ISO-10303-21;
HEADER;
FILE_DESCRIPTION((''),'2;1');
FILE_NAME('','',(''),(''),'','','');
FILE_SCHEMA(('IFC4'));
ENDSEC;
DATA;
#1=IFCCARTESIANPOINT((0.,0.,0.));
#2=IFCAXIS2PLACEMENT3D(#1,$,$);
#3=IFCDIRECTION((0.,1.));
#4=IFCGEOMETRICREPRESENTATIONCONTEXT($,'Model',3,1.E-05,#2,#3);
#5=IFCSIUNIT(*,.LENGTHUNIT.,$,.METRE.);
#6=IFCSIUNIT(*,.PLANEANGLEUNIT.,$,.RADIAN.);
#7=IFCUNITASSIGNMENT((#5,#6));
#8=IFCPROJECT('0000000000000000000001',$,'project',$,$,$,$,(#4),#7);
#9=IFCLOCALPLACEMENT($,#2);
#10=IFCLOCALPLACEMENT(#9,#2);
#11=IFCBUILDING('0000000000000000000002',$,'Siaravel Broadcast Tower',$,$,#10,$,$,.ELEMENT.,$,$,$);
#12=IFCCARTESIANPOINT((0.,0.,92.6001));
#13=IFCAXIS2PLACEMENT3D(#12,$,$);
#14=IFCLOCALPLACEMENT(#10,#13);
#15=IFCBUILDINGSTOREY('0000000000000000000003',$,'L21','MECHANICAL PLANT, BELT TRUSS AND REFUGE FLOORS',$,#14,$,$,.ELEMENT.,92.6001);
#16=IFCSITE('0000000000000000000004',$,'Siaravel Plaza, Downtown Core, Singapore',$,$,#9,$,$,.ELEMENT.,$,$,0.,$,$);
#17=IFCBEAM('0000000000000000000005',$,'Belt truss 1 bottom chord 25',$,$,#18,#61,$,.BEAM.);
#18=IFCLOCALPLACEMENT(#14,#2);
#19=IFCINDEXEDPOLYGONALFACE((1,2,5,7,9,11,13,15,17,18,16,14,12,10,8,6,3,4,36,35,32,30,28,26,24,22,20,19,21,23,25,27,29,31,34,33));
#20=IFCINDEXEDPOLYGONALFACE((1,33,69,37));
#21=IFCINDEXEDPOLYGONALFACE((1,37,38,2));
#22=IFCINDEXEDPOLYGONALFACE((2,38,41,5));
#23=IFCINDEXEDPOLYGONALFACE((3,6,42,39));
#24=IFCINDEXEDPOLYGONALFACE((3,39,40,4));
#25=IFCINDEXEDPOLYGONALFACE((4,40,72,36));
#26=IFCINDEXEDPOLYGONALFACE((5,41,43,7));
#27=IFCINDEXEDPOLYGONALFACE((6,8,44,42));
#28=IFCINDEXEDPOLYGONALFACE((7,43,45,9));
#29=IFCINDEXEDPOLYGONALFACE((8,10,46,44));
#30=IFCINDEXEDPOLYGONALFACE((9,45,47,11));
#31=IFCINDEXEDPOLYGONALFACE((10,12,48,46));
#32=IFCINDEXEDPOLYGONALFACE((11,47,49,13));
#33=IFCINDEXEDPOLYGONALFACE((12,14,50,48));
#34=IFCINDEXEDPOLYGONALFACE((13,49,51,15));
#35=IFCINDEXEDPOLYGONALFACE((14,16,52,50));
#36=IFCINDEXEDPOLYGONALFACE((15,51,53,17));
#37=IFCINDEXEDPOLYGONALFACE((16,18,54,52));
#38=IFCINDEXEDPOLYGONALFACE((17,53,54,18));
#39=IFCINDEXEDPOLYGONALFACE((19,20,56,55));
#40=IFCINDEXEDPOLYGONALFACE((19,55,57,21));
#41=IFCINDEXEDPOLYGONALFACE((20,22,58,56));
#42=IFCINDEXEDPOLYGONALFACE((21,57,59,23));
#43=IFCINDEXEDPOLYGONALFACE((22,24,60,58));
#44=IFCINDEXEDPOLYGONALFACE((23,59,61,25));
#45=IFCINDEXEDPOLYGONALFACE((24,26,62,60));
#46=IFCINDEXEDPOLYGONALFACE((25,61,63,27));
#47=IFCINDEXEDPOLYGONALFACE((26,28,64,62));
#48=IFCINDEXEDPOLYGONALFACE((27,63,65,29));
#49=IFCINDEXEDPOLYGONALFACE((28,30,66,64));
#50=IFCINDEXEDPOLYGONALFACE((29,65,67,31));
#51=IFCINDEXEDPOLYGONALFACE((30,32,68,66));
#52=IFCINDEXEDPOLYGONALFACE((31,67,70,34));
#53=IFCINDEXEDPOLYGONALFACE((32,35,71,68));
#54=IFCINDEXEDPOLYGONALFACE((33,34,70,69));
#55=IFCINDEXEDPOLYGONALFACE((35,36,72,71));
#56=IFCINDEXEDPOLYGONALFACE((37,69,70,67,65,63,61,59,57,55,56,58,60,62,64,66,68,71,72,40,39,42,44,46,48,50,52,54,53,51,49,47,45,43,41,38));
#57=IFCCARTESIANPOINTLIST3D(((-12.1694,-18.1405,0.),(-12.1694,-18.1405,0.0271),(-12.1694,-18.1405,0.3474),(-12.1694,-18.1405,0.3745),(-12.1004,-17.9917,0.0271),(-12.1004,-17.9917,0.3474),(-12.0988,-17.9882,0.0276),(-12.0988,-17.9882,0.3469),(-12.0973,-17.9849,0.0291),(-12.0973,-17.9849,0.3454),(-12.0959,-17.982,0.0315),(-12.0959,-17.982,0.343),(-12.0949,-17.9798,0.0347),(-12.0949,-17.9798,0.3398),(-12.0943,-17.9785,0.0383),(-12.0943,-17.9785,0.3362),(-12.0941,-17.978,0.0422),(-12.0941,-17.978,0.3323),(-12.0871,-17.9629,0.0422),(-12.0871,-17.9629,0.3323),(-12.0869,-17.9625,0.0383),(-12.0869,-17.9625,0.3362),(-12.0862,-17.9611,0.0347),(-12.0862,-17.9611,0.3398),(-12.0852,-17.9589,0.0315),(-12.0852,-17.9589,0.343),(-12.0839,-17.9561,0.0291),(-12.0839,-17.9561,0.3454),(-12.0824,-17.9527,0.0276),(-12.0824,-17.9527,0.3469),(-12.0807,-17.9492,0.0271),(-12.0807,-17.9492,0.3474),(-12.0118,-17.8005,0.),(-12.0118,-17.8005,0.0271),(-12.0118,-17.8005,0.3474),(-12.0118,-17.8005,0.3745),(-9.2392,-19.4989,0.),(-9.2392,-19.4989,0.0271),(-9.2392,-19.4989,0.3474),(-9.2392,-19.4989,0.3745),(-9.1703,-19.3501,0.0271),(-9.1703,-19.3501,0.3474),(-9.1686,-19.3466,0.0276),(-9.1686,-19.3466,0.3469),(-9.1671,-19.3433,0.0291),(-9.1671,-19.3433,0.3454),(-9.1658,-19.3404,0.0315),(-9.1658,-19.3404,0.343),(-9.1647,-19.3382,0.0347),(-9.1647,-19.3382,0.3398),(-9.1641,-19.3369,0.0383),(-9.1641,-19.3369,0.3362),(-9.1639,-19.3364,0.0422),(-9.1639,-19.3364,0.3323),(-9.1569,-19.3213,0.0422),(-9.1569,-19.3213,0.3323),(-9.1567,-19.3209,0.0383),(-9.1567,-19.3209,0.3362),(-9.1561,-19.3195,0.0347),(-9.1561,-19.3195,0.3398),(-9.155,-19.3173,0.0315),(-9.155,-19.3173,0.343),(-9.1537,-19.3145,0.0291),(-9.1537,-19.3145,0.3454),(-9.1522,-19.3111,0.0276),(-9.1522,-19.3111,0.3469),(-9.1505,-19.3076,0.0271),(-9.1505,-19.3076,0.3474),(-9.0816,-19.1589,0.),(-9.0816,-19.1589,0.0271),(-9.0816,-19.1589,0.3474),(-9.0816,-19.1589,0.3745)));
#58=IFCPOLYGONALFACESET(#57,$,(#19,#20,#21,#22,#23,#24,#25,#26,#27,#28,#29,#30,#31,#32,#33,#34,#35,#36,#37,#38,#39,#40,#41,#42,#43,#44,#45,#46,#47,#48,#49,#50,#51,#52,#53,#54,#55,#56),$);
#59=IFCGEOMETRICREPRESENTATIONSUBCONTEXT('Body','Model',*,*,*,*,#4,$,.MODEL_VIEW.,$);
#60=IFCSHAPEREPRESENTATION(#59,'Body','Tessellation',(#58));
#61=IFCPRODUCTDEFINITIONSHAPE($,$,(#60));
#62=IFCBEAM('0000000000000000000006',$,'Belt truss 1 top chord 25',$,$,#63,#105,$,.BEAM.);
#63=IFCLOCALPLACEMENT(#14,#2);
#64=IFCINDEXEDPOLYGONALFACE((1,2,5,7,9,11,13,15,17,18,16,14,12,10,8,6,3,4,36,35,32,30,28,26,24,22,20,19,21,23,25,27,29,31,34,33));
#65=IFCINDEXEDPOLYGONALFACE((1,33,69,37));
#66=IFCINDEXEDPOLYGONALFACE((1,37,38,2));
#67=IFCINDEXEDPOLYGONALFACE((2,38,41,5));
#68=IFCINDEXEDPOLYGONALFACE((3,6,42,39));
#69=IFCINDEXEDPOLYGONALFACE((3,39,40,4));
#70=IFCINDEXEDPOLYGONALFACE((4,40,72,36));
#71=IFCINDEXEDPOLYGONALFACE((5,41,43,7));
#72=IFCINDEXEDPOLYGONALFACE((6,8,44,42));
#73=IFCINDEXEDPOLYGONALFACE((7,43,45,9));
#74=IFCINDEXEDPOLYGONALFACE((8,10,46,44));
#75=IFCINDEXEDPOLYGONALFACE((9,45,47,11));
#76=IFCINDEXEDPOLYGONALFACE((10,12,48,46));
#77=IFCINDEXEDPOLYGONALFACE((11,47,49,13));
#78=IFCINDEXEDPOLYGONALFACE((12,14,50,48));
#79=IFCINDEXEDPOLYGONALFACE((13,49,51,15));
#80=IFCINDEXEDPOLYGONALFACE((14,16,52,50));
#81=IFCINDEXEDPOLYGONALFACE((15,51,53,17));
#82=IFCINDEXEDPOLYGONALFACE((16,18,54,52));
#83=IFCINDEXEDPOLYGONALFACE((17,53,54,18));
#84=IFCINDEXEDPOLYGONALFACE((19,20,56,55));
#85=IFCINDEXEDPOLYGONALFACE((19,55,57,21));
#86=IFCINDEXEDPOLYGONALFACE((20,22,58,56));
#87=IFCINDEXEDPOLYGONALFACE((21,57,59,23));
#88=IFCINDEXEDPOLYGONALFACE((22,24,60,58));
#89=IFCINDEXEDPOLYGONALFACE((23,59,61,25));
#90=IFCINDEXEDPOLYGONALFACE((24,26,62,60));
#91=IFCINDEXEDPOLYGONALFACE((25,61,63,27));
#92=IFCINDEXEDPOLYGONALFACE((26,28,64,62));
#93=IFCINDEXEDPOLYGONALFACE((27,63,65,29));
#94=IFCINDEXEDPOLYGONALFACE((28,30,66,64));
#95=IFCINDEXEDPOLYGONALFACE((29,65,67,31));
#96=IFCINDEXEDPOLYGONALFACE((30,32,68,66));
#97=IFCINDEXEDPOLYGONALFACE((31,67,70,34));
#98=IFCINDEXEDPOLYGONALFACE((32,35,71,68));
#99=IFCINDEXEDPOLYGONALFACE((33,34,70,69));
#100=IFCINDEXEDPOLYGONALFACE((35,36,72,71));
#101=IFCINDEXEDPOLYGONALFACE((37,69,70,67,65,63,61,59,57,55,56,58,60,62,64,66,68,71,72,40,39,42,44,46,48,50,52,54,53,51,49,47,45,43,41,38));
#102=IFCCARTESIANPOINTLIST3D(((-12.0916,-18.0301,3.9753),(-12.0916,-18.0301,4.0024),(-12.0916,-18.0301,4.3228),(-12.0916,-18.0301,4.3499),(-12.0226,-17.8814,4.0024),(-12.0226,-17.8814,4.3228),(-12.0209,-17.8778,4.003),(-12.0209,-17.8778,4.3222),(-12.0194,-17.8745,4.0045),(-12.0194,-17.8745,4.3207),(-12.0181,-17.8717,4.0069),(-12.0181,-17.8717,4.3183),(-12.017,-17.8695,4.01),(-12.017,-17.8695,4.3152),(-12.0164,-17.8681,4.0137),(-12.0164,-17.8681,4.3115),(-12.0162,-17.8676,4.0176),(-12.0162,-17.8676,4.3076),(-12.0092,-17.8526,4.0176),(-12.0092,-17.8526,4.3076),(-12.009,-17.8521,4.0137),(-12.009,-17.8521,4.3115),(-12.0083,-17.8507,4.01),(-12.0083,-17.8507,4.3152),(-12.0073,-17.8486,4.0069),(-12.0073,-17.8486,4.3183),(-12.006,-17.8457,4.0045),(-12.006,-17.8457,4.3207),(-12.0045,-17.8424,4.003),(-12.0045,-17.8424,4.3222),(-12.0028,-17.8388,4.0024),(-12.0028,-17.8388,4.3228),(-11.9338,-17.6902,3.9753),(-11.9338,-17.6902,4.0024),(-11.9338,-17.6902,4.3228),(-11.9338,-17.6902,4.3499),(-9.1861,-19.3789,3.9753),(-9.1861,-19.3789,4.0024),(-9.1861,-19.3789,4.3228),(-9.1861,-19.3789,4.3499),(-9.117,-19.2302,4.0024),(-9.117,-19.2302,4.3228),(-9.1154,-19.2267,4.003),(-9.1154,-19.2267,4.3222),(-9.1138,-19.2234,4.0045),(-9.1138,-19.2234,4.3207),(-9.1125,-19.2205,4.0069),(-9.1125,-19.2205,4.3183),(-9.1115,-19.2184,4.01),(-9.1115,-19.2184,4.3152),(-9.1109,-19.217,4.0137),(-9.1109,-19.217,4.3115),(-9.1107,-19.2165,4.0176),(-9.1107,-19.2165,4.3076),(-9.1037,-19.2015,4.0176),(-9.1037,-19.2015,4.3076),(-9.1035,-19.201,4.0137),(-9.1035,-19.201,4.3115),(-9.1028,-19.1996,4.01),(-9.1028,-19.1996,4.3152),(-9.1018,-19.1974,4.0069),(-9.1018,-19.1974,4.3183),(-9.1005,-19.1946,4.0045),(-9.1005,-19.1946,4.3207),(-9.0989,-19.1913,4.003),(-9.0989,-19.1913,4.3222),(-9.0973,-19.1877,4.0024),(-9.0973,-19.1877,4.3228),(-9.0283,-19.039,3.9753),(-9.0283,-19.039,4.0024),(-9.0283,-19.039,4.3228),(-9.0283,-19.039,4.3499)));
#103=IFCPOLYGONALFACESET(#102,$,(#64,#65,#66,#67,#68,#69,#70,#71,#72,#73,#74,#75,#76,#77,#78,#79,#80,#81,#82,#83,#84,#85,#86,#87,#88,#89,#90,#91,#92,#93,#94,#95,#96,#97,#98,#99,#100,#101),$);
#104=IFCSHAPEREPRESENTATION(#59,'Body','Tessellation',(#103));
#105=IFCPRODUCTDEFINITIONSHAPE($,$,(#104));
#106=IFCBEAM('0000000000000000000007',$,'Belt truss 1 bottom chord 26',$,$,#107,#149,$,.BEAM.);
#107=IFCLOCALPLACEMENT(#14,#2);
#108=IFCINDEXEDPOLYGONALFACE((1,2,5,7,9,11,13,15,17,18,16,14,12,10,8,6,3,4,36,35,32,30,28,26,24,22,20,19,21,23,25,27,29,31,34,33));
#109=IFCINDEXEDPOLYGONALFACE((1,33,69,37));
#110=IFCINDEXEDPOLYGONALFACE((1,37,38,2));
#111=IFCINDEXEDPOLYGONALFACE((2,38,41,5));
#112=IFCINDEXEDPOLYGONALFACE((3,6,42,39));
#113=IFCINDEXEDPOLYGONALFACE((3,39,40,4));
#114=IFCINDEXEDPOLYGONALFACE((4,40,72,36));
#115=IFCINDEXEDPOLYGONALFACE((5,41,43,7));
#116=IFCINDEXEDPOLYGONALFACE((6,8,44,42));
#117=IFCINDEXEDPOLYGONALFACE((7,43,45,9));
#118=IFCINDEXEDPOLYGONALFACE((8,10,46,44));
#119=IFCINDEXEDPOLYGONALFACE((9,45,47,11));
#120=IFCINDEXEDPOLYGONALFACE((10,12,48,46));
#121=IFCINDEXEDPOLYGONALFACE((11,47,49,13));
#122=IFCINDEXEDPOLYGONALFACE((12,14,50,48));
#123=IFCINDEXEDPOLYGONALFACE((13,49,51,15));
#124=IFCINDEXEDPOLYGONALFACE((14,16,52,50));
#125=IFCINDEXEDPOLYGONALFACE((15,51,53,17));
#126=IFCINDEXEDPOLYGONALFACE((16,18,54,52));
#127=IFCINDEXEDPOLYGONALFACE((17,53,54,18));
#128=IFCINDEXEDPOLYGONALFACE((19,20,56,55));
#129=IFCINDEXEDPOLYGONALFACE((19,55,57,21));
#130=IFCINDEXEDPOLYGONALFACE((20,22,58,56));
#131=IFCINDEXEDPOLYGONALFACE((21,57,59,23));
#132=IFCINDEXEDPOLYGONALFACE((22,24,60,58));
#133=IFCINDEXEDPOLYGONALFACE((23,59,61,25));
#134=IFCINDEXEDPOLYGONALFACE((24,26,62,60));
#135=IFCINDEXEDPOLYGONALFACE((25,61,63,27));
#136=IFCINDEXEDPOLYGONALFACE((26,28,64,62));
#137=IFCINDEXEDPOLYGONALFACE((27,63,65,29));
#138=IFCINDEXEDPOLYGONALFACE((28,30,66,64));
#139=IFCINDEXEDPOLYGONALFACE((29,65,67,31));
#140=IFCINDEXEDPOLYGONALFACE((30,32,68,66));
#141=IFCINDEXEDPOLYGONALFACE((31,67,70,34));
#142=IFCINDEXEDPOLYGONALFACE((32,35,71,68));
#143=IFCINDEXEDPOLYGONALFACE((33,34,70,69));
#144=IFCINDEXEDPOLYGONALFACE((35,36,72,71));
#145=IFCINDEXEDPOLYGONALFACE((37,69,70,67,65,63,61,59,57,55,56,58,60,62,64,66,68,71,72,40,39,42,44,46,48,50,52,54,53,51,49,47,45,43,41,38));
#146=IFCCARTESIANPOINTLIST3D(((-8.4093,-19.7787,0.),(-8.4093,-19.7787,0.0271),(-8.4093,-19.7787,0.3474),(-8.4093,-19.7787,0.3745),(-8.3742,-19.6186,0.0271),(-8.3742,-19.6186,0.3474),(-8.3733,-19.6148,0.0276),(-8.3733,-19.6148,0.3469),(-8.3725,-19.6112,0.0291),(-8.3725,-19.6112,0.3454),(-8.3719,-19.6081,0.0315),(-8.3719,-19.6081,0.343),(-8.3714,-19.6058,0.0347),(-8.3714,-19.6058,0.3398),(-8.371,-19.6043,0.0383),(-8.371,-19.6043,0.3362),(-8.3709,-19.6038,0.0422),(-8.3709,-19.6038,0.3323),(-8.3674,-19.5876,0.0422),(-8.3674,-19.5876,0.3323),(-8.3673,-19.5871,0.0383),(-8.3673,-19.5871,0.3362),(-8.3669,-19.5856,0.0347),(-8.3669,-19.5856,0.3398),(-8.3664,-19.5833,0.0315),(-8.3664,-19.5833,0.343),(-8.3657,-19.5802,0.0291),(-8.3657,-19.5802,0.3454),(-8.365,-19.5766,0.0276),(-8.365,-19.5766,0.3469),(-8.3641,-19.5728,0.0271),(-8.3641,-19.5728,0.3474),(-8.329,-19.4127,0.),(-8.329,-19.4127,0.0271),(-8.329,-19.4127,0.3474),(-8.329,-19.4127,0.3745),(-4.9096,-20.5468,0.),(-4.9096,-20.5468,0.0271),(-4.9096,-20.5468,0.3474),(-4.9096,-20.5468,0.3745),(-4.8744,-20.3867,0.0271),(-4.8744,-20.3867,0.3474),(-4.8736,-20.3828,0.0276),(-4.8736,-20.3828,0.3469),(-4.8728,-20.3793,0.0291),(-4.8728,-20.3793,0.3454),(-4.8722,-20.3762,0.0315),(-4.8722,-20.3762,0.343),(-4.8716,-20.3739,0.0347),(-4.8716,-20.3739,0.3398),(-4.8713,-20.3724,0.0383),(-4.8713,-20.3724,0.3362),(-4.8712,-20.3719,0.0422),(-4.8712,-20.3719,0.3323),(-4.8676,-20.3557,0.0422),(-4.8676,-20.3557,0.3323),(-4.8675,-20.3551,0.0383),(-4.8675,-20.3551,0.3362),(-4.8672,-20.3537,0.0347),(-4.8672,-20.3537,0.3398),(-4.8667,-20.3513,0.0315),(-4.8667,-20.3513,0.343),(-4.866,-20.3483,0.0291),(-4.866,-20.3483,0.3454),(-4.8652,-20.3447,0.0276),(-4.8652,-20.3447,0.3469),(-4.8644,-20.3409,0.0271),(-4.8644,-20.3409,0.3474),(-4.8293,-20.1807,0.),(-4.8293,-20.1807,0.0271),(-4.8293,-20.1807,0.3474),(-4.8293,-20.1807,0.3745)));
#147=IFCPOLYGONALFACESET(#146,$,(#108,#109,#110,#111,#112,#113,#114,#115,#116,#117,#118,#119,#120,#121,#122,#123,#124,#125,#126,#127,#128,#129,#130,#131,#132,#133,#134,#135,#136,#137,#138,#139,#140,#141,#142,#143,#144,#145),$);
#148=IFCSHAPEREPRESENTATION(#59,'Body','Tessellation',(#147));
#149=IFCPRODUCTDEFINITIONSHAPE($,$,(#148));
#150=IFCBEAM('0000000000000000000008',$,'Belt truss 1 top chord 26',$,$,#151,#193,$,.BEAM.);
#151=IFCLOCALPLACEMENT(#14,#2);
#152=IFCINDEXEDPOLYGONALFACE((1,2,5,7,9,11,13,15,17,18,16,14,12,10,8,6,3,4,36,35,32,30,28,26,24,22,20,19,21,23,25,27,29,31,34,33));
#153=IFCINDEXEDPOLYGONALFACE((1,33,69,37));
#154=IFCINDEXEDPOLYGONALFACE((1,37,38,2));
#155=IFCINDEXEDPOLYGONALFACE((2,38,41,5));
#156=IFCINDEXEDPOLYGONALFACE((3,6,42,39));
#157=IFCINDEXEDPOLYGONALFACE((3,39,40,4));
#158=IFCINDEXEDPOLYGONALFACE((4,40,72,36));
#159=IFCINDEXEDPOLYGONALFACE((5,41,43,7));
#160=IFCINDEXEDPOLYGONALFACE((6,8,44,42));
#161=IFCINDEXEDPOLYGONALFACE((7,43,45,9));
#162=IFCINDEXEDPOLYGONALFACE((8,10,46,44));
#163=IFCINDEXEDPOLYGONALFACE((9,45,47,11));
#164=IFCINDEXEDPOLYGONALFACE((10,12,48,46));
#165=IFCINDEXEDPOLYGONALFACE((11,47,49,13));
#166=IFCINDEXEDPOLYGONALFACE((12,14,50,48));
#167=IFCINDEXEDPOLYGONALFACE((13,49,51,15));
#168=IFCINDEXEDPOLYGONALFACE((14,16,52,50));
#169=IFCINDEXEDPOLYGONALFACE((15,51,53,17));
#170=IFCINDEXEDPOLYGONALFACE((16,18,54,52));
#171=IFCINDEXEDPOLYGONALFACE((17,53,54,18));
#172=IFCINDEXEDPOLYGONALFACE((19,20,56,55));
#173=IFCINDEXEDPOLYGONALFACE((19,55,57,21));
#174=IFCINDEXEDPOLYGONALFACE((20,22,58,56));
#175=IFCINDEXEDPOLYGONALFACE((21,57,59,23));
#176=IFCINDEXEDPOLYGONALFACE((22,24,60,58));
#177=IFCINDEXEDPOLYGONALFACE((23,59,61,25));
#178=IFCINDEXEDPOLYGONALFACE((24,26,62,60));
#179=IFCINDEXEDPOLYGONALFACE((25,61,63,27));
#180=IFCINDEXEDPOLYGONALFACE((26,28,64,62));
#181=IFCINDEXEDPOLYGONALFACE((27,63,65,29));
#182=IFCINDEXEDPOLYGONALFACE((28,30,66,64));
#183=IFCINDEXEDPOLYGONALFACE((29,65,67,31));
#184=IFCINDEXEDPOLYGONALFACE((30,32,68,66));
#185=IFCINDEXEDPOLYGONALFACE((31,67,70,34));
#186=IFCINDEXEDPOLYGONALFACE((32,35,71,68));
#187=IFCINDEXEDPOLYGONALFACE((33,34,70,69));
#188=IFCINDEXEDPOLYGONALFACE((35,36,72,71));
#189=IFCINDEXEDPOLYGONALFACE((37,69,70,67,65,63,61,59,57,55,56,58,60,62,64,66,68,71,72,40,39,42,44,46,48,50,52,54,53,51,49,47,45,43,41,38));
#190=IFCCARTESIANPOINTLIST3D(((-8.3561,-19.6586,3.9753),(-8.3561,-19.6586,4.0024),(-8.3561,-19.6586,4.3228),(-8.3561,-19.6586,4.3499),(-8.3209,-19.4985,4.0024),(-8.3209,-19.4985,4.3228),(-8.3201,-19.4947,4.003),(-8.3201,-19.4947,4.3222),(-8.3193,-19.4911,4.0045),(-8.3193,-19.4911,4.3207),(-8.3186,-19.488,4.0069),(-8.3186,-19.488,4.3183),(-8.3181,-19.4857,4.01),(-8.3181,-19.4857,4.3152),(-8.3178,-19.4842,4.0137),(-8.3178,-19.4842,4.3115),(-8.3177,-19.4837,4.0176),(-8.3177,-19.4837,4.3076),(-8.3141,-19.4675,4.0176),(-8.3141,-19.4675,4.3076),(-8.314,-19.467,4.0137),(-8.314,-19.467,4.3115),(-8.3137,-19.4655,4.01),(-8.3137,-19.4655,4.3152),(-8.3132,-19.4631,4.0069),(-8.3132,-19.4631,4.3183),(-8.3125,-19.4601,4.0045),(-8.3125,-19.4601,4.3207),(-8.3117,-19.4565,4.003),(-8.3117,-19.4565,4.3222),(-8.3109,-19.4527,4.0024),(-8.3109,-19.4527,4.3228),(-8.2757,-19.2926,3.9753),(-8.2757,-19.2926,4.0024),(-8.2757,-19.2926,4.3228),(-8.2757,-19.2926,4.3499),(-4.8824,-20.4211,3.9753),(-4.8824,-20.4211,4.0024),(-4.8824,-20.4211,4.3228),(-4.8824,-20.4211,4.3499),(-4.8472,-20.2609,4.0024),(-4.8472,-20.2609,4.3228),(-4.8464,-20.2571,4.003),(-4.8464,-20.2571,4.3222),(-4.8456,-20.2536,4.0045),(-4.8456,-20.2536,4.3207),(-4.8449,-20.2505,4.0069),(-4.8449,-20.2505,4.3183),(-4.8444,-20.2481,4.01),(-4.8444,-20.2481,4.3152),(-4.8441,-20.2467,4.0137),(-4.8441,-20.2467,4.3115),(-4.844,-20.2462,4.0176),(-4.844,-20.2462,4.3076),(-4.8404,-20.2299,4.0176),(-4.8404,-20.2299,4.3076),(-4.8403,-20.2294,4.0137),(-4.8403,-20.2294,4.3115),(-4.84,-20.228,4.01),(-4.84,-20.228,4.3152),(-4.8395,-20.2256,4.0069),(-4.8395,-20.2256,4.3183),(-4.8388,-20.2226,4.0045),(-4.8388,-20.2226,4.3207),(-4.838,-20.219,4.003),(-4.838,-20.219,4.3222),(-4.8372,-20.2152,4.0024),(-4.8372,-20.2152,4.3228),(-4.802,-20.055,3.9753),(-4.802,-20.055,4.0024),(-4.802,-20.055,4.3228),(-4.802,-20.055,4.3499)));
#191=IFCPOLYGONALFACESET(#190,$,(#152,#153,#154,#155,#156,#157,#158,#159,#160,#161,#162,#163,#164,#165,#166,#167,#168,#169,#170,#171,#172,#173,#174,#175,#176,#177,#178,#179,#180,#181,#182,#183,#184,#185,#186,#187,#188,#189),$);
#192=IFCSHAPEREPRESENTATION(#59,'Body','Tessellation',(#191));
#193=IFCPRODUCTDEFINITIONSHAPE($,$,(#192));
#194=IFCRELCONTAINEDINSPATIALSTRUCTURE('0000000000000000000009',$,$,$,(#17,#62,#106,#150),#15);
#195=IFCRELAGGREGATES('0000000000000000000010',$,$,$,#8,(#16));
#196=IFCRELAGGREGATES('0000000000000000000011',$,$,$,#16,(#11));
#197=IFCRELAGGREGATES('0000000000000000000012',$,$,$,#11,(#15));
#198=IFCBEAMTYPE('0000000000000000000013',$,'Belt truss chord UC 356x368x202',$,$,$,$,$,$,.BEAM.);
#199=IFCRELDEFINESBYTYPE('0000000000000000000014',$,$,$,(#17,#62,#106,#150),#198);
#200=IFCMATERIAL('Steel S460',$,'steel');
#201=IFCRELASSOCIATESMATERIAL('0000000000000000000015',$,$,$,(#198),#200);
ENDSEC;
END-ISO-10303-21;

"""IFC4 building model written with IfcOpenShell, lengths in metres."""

from ifc_helpers import new_model, si_unit, direction, frame, origin, origin_2d, place, context, subcontext, project, spatial, i_section, extrude, material, material_profile, profile_set, type_object, element, save


model = new_model("IFC4")

# Units and contexts
model_context = context("Model", 3, precision=1e-05, world=origin(), true_north=direction((0.0, 1.0)))
body_context = subcontext(model_context, "Body", "Model", "MODEL_VIEW")
ifc_project = project(units=[si_unit("LENGTHUNIT", "METRE"), si_unit("PLANEANGLEUNIT", "RADIAN")], contexts=[model_context])

# Site, building, storey
site_placement = place(None, origin())
site = spatial("IfcSite", under=ifc_project, at=site_placement, Name="Siaravel Plaza, Downtown Core, Singapore", CompositionType="ELEMENT", RefElevation=0.0)
building_placement = place(site_placement, origin())
building = spatial("IfcBuilding", under=site, at=building_placement, Name="Siaravel Broadcast Tower", CompositionType="ELEMENT")
storey_placement = place(building_placement, frame((0.0, 0.0, 92.6001)))
storey = spatial("IfcBuildingStorey", under=building, at=storey_placement, Name="L21", Description="MECHANICAL PLANT, BELT TRUSS AND REFUGE FLOORS", CompositionType="ELEMENT", Elevation=92.6001)

# Beams
ifc_material_1 = material(Name="Steel S460", Category="steel")
ifc_material_profile_1 = material_profile(ifc_material_1, i_section(OverallWidth=0.3748, OverallDepth=0.3745, WebThickness=0.0166, FlangeThickness=0.0271, FilletRadius=0.0151, at=origin_2d()))
ifc_profile_set_1 = profile_set([ifc_material_profile_1], Name="Steel S460")
beam_type_1 = type_object("IfcBeamType", Name="Belt truss chord UC 356x368x202", PredefinedType="BEAM", material=ifc_profile_set_1)
beam_1_placement = place(storey_placement, frame((-12.0906, -17.9705, 0.1873), z_axis=(0.90725, -0.420592, 0.0), x_axis=(0.420592, 0.90725, 0.0)))
element("IfcBeam", 1, at=beam_1_placement, inside=storey, type_object=beam_type_1, Name="Belt truss 1 bottom chord 25", PredefinedType="BEAM", context=body_context, shape_type="SweptSolid", body=[
    extrude(i_section(OverallWidth=0.3748, OverallDepth=0.3745, WebThickness=0.0166, FlangeThickness=0.0271, FilletRadius=0.0151, at=origin_2d()), origin(), (0.0, 0.0, 1.0), 3.2297),
])
beam_2_placement = place(storey_placement, frame((-12.0127, -17.8601, 4.1626), z_axis=(0.907022, -0.421082, 0.0), x_axis=(0.421082, 0.907022, 0.0)))
element("IfcBeam", 2, at=beam_2_placement, inside=storey, type_object=beam_type_1, Name="Belt truss 1 top chord 25", PredefinedType="BEAM", context=body_context, shape_type="SweptSolid", body=[
    extrude(i_section(OverallWidth=0.3748, OverallDepth=0.3745, WebThickness=0.0166, FlangeThickness=0.0271, FilletRadius=0.0151, at=origin_2d()), origin(), (0.0, 0.0, 1.0), 3.2034),
])
beam_3_placement = place(storey_placement, frame((-8.3691, -19.5957, 0.1873), z_axis=(0.976754, -0.214361, 0.0), x_axis=(0.214361, 0.976754, 0.0)))
element("IfcBeam", 3, at=beam_3_placement, inside=storey, type_object=beam_type_1, Name="Belt truss 1 bottom chord 26", PredefinedType="BEAM", context=body_context, shape_type="SweptSolid", body=[
    extrude(i_section(OverallWidth=0.3748, OverallDepth=0.3745, WebThickness=0.0166, FlangeThickness=0.0271, FilletRadius=0.0151, at=origin_2d()), origin(), (0.0, 0.0, 1.0), 3.583),
])
beam_4_placement = place(storey_placement, frame((-8.3159, -19.4756, 4.1626), z_axis=(0.976747, -0.214393, 0.0), x_axis=(0.214393, 0.976747, 0.0)))
element("IfcBeam", 4, at=beam_4_placement, inside=storey, type_object=beam_type_1, Name="Belt truss 1 top chord 26", PredefinedType="BEAM", context=body_context, shape_type="SweptSolid", body=[
    extrude(i_section(OverallWidth=0.3748, OverallDepth=0.3745, WebThickness=0.0166, FlangeThickness=0.0271, FilletRadius=0.0151, at=origin_2d()), origin(), (0.0, 0.0, 1.0), 3.5564),
])

save(model, "model.ifc")
